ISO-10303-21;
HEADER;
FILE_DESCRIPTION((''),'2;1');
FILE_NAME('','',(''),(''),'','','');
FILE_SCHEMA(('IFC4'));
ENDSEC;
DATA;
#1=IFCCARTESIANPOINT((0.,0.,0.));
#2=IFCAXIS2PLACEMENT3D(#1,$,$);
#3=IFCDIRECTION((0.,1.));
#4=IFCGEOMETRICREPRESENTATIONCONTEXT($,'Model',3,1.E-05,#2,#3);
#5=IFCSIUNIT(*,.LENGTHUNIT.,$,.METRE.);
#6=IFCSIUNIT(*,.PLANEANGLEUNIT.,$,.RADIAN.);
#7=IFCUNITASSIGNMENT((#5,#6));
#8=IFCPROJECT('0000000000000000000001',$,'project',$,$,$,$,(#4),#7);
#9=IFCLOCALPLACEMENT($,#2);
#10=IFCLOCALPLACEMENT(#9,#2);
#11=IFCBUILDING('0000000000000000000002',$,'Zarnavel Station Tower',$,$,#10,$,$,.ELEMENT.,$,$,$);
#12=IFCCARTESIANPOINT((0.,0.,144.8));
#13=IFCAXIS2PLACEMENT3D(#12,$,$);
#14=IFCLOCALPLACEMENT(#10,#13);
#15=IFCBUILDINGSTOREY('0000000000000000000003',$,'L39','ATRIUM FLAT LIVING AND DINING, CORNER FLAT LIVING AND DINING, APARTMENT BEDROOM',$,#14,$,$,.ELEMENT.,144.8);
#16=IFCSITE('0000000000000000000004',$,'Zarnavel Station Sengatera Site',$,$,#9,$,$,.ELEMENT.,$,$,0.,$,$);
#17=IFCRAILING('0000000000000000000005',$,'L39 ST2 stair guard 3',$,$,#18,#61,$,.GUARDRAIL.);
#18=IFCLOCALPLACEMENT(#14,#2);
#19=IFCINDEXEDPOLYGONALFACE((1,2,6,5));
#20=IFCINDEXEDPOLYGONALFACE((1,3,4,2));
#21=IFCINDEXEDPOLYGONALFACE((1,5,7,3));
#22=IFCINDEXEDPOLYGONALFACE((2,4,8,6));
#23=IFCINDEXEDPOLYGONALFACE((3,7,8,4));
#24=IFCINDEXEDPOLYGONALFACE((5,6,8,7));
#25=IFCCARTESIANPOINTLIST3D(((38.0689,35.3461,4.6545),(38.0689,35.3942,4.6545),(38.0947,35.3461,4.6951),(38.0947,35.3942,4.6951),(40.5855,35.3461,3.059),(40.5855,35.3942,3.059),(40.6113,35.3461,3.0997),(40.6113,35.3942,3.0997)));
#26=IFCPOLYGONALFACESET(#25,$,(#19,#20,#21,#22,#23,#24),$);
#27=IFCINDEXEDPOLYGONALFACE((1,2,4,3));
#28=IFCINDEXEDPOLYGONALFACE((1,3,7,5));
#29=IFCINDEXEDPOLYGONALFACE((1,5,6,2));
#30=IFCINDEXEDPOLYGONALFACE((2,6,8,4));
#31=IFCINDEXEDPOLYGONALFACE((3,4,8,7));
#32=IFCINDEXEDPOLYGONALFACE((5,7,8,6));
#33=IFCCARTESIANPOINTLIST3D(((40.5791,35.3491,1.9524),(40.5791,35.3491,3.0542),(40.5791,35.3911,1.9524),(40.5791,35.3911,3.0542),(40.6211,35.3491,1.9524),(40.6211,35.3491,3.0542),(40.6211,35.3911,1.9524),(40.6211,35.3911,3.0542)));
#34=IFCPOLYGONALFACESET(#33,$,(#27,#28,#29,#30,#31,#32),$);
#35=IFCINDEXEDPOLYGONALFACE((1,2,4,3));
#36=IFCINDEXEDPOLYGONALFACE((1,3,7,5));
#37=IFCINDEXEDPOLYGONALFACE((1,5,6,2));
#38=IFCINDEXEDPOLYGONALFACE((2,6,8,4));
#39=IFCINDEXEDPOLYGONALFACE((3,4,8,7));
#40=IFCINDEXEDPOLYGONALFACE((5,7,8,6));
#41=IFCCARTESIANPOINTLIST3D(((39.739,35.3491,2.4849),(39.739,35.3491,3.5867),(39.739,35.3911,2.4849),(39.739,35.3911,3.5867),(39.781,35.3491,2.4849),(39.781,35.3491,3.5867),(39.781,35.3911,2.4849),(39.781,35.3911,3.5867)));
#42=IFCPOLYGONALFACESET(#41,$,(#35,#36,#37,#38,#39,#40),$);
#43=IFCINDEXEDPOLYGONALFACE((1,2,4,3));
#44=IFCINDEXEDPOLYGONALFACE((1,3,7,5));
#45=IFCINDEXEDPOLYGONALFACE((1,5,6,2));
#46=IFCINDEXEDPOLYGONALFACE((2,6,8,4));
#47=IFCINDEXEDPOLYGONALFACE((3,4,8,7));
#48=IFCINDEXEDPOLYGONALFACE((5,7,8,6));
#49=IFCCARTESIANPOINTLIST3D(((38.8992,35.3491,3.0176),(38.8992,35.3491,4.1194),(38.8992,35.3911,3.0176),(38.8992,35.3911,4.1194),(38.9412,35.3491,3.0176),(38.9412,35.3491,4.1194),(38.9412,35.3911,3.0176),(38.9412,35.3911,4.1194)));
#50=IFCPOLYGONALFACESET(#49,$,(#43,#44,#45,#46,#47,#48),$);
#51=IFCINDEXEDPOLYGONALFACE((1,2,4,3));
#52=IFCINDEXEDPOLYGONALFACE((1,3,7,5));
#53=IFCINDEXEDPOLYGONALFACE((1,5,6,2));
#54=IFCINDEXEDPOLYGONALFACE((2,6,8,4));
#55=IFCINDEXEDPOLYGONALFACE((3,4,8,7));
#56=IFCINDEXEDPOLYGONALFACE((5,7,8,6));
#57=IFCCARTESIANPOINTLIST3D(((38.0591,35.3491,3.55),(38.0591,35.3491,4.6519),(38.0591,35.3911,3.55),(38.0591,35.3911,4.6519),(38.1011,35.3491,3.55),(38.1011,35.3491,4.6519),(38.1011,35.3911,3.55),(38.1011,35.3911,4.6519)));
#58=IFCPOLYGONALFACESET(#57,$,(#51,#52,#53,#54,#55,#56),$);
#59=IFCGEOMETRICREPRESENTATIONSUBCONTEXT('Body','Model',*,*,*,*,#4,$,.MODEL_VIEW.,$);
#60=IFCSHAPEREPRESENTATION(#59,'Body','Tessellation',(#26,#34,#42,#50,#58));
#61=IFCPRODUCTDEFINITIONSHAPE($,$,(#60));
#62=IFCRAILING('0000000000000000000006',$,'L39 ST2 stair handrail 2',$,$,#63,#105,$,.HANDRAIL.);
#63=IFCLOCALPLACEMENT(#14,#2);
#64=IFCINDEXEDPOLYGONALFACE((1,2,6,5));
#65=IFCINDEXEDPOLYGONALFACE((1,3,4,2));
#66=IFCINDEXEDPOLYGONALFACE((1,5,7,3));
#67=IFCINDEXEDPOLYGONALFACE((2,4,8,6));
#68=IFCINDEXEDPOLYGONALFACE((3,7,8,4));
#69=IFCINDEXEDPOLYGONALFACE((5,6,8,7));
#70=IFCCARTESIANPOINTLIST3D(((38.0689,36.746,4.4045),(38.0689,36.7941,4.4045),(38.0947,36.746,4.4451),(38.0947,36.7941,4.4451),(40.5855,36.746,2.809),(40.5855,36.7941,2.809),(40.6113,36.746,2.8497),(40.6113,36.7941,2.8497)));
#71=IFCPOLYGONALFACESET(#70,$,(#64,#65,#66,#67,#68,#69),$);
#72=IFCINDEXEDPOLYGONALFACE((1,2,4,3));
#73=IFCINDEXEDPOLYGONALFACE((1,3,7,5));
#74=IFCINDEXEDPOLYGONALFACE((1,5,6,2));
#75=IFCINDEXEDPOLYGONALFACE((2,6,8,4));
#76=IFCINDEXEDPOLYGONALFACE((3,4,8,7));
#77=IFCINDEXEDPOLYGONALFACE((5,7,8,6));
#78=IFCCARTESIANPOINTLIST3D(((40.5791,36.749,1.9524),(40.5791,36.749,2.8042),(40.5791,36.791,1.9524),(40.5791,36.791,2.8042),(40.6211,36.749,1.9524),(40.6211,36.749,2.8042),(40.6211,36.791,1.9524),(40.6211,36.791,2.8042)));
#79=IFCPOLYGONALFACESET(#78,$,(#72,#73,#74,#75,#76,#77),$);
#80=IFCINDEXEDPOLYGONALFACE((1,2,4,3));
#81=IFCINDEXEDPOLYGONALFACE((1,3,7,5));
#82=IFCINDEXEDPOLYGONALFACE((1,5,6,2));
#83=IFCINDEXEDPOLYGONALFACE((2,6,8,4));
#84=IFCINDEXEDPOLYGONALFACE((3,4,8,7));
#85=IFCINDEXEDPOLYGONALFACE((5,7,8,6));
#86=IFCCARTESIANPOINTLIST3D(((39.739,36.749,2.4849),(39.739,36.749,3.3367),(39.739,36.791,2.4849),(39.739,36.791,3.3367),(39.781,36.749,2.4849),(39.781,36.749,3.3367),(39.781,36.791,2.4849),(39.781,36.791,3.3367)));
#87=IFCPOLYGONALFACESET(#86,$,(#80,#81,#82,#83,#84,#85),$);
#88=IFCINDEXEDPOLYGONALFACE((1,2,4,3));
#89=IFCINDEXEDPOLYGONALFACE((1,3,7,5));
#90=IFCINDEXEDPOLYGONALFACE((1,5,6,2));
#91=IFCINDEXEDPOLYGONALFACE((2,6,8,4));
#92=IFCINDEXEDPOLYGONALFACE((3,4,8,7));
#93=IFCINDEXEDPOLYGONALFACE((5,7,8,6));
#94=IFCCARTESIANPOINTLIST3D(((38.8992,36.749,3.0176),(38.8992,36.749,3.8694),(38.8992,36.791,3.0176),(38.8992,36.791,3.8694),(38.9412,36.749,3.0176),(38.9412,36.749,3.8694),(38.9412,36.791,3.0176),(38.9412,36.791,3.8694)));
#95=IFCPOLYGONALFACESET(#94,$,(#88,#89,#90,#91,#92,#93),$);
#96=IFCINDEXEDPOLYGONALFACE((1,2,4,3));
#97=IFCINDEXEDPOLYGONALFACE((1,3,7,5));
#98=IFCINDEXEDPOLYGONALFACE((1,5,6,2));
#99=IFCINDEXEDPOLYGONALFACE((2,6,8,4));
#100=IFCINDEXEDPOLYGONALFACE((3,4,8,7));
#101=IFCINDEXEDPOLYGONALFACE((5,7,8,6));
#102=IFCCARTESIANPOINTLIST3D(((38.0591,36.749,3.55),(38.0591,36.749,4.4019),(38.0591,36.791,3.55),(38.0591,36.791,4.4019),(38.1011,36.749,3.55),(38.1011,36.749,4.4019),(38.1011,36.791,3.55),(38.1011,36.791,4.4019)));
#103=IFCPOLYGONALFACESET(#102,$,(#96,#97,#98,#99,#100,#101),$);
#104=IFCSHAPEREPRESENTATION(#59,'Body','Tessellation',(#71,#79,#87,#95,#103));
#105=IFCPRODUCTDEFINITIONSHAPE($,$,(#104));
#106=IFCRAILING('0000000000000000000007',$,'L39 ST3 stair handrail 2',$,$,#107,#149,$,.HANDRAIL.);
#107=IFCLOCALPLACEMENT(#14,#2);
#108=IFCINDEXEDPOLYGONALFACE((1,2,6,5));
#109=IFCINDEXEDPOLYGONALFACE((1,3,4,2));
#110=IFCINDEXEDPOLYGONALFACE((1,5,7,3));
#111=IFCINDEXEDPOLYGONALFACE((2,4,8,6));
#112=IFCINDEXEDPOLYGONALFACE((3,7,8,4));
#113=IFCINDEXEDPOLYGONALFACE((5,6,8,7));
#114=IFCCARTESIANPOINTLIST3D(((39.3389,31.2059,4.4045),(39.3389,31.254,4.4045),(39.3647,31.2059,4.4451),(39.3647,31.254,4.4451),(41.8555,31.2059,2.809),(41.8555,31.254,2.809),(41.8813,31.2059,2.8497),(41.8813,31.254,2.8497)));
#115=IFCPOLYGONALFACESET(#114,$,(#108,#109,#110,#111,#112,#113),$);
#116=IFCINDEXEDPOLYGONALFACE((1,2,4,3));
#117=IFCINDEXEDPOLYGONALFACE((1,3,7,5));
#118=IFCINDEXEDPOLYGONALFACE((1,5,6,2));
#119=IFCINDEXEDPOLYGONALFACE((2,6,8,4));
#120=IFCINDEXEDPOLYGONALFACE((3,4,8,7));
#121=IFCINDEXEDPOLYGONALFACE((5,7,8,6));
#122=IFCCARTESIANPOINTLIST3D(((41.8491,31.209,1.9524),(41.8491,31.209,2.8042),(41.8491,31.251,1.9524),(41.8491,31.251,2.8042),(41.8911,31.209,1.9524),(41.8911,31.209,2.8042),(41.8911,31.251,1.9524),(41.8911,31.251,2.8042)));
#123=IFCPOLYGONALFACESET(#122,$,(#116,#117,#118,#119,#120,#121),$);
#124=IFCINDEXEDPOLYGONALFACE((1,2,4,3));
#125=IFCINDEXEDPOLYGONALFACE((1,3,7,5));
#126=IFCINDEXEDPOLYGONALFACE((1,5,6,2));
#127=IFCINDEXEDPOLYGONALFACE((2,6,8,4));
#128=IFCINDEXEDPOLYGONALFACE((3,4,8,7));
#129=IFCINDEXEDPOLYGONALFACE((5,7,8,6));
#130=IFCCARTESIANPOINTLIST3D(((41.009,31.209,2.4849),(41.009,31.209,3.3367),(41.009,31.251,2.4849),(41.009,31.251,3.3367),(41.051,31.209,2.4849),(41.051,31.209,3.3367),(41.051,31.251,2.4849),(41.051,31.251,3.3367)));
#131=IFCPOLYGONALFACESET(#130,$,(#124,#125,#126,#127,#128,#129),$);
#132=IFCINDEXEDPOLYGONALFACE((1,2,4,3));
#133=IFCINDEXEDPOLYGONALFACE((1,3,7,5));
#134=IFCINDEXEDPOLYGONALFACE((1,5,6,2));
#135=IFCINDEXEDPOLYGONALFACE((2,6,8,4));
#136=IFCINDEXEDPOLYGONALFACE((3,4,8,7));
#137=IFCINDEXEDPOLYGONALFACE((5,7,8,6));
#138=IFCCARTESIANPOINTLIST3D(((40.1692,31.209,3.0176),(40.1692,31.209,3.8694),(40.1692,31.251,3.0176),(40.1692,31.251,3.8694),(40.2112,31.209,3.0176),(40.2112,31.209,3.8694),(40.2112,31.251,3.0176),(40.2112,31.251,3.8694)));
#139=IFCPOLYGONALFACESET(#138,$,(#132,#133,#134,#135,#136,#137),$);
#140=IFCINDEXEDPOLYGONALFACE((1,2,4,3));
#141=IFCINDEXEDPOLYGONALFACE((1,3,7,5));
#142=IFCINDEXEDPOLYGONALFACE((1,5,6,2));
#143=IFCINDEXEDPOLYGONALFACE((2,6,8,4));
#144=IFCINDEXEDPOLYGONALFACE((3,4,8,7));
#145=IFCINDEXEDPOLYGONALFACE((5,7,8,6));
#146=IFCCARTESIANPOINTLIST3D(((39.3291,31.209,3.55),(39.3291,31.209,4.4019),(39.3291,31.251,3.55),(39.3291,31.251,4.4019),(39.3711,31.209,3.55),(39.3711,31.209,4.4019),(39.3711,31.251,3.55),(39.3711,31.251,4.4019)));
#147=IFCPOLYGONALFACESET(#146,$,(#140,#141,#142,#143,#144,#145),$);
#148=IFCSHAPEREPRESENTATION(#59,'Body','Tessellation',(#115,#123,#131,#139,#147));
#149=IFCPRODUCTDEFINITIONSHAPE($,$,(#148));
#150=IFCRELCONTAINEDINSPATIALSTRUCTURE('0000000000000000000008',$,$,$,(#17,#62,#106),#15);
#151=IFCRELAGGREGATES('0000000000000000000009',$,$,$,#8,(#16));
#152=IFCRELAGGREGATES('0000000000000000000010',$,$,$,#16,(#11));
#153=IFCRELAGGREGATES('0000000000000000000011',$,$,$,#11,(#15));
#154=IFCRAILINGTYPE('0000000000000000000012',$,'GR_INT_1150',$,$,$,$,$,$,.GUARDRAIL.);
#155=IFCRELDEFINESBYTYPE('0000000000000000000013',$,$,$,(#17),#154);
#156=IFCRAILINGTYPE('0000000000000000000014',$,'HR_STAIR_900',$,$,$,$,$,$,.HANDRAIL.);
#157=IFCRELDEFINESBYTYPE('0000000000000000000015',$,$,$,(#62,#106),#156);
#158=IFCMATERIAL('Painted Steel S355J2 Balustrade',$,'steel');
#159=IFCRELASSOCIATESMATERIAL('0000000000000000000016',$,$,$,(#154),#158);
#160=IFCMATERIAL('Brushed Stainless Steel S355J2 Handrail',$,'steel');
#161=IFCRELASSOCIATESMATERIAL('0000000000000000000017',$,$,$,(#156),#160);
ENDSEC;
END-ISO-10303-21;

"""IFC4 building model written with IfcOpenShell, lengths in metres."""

from ifc_helpers import new_model, si_unit, direction, frame, origin, origin_2d, place, context, subcontext, project, spatial, rectangle, extrude, material, type_object, element, save


model = new_model("IFC4")

# Units and contexts
model_context = context("Model", 3, precision=1e-05, world=origin(), true_north=direction((0.0, 1.0)))
body_context = subcontext(model_context, "Body", "Model", "MODEL_VIEW")
ifc_project = project(units=[si_unit("LENGTHUNIT", "METRE"), si_unit("PLANEANGLEUNIT", "RADIAN")], contexts=[model_context])

# Site, building, storey
site_placement = place(None, origin())
site = spatial("IfcSite", under=ifc_project, at=site_placement, Name="Zarnavel Station Sengatera Site", CompositionType="ELEMENT", RefElevation=0.0)
building_placement = place(site_placement, origin())
building = spatial("IfcBuilding", under=site, at=building_placement, Name="Zarnavel Station Tower", CompositionType="ELEMENT")
storey_placement = place(building_placement, frame((0.0, 0.0, 144.8)))
storey = spatial("IfcBuildingStorey", under=building, at=storey_placement, Name="L39", Description="ATRIUM FLAT LIVING AND DINING, CORNER FLAT LIVING AND DINING, APARTMENT BEDROOM", CompositionType="ELEMENT", Elevation=144.8)

# Railings
ifc_material_1 = material(Name="Painted Steel S355J2 Balustrade", Category="steel")
railing_type_1 = type_object("IfcRailingType", Name="GR_INT_1150", PredefinedType="GUARDRAIL", material=ifc_material_1)
railing_1_placement = place(storey_placement, frame((40.6001, 35.3701, 1.9524)))
element("IfcRailing", 1, at=railing_1_placement, inside=storey, type_object=railing_type_1, Name="L39 ST2 stair guard 3", PredefinedType="GUARDRAIL", context=body_context, shape_type="SweptSolid", body=[
    extrude(rectangle(XDim=0.0481, YDim=0.0481, at=origin_2d()), frame((-0.0017, 0.0, 1.127), z_axis=(-0.84457, 0.0, 0.535445), x_axis=(0.0, -1.0, 0.0)), (0.0, 0.0, 1.0), 2.9797),
    extrude(rectangle(XDim=0.042, YDim=0.042, at=origin_2d()), origin(), (0.0, 0.0, 1.0), 1.1018),
    extrude(rectangle(XDim=0.042, YDim=0.042, at=origin_2d()), frame((-0.8401, 0.0, 0.5325)), (0.0, 0.0, 1.0), 1.1018),
    extrude(rectangle(XDim=0.042, YDim=0.042, at=origin_2d()), frame((-1.6799, 0.0, 1.0652)), (0.0, 0.0, 1.0), 1.1018),
    extrude(rectangle(XDim=0.042, YDim=0.042, at=origin_2d()), frame((-2.52, 0.0, 1.5977)), (0.0, 0.0, 1.0), 1.1018),
])
ifc_material_2 = material(Name="Brushed Stainless Steel S355J2 Handrail", Category="steel")
railing_type_2 = type_object("IfcRailingType", Name="HR_STAIR_900", PredefinedType="HANDRAIL", material=ifc_material_2)
for number, where, name in (
    (2, (40.6001, 36.77, 1.9524), "L39 ST2 stair handrail 2"),
    (3, (41.8701, 31.23, 1.9524), "L39 ST3 stair handrail 2"),
):
    element("IfcRailing", number, at=place(storey_placement, frame(where)), inside=storey, type_object=railing_type_2, Name=name, PredefinedType="HANDRAIL", context=body_context, shape_type="SweptSolid", body=[
        extrude(rectangle(XDim=0.0481, YDim=0.0481, at=origin_2d()), frame((-0.0017, 0.0, 0.877), z_axis=(-0.84457, 0.0, 0.535445), x_axis=(0.0, -1.0, 0.0)), (0.0, 0.0, 1.0), 2.9797),
        extrude(rectangle(XDim=0.042, YDim=0.042, at=origin_2d()), origin(), (0.0, 0.0, 1.0), 0.8518),
        extrude(rectangle(XDim=0.042, YDim=0.042, at=origin_2d()), frame((-0.8401, 0.0, 0.5325)), (0.0, 0.0, 1.0), 0.8518),
        extrude(rectangle(XDim=0.042, YDim=0.042, at=origin_2d()), frame((-1.6799, 0.0, 1.0652)), (0.0, 0.0, 1.0), 0.8518),
        extrude(rectangle(XDim=0.042, YDim=0.042, at=origin_2d()), frame((-2.52, 0.0, 1.5977)), (0.0, 0.0, 1.0), 0.8518),
    ])

save(model, "model.ifc")
